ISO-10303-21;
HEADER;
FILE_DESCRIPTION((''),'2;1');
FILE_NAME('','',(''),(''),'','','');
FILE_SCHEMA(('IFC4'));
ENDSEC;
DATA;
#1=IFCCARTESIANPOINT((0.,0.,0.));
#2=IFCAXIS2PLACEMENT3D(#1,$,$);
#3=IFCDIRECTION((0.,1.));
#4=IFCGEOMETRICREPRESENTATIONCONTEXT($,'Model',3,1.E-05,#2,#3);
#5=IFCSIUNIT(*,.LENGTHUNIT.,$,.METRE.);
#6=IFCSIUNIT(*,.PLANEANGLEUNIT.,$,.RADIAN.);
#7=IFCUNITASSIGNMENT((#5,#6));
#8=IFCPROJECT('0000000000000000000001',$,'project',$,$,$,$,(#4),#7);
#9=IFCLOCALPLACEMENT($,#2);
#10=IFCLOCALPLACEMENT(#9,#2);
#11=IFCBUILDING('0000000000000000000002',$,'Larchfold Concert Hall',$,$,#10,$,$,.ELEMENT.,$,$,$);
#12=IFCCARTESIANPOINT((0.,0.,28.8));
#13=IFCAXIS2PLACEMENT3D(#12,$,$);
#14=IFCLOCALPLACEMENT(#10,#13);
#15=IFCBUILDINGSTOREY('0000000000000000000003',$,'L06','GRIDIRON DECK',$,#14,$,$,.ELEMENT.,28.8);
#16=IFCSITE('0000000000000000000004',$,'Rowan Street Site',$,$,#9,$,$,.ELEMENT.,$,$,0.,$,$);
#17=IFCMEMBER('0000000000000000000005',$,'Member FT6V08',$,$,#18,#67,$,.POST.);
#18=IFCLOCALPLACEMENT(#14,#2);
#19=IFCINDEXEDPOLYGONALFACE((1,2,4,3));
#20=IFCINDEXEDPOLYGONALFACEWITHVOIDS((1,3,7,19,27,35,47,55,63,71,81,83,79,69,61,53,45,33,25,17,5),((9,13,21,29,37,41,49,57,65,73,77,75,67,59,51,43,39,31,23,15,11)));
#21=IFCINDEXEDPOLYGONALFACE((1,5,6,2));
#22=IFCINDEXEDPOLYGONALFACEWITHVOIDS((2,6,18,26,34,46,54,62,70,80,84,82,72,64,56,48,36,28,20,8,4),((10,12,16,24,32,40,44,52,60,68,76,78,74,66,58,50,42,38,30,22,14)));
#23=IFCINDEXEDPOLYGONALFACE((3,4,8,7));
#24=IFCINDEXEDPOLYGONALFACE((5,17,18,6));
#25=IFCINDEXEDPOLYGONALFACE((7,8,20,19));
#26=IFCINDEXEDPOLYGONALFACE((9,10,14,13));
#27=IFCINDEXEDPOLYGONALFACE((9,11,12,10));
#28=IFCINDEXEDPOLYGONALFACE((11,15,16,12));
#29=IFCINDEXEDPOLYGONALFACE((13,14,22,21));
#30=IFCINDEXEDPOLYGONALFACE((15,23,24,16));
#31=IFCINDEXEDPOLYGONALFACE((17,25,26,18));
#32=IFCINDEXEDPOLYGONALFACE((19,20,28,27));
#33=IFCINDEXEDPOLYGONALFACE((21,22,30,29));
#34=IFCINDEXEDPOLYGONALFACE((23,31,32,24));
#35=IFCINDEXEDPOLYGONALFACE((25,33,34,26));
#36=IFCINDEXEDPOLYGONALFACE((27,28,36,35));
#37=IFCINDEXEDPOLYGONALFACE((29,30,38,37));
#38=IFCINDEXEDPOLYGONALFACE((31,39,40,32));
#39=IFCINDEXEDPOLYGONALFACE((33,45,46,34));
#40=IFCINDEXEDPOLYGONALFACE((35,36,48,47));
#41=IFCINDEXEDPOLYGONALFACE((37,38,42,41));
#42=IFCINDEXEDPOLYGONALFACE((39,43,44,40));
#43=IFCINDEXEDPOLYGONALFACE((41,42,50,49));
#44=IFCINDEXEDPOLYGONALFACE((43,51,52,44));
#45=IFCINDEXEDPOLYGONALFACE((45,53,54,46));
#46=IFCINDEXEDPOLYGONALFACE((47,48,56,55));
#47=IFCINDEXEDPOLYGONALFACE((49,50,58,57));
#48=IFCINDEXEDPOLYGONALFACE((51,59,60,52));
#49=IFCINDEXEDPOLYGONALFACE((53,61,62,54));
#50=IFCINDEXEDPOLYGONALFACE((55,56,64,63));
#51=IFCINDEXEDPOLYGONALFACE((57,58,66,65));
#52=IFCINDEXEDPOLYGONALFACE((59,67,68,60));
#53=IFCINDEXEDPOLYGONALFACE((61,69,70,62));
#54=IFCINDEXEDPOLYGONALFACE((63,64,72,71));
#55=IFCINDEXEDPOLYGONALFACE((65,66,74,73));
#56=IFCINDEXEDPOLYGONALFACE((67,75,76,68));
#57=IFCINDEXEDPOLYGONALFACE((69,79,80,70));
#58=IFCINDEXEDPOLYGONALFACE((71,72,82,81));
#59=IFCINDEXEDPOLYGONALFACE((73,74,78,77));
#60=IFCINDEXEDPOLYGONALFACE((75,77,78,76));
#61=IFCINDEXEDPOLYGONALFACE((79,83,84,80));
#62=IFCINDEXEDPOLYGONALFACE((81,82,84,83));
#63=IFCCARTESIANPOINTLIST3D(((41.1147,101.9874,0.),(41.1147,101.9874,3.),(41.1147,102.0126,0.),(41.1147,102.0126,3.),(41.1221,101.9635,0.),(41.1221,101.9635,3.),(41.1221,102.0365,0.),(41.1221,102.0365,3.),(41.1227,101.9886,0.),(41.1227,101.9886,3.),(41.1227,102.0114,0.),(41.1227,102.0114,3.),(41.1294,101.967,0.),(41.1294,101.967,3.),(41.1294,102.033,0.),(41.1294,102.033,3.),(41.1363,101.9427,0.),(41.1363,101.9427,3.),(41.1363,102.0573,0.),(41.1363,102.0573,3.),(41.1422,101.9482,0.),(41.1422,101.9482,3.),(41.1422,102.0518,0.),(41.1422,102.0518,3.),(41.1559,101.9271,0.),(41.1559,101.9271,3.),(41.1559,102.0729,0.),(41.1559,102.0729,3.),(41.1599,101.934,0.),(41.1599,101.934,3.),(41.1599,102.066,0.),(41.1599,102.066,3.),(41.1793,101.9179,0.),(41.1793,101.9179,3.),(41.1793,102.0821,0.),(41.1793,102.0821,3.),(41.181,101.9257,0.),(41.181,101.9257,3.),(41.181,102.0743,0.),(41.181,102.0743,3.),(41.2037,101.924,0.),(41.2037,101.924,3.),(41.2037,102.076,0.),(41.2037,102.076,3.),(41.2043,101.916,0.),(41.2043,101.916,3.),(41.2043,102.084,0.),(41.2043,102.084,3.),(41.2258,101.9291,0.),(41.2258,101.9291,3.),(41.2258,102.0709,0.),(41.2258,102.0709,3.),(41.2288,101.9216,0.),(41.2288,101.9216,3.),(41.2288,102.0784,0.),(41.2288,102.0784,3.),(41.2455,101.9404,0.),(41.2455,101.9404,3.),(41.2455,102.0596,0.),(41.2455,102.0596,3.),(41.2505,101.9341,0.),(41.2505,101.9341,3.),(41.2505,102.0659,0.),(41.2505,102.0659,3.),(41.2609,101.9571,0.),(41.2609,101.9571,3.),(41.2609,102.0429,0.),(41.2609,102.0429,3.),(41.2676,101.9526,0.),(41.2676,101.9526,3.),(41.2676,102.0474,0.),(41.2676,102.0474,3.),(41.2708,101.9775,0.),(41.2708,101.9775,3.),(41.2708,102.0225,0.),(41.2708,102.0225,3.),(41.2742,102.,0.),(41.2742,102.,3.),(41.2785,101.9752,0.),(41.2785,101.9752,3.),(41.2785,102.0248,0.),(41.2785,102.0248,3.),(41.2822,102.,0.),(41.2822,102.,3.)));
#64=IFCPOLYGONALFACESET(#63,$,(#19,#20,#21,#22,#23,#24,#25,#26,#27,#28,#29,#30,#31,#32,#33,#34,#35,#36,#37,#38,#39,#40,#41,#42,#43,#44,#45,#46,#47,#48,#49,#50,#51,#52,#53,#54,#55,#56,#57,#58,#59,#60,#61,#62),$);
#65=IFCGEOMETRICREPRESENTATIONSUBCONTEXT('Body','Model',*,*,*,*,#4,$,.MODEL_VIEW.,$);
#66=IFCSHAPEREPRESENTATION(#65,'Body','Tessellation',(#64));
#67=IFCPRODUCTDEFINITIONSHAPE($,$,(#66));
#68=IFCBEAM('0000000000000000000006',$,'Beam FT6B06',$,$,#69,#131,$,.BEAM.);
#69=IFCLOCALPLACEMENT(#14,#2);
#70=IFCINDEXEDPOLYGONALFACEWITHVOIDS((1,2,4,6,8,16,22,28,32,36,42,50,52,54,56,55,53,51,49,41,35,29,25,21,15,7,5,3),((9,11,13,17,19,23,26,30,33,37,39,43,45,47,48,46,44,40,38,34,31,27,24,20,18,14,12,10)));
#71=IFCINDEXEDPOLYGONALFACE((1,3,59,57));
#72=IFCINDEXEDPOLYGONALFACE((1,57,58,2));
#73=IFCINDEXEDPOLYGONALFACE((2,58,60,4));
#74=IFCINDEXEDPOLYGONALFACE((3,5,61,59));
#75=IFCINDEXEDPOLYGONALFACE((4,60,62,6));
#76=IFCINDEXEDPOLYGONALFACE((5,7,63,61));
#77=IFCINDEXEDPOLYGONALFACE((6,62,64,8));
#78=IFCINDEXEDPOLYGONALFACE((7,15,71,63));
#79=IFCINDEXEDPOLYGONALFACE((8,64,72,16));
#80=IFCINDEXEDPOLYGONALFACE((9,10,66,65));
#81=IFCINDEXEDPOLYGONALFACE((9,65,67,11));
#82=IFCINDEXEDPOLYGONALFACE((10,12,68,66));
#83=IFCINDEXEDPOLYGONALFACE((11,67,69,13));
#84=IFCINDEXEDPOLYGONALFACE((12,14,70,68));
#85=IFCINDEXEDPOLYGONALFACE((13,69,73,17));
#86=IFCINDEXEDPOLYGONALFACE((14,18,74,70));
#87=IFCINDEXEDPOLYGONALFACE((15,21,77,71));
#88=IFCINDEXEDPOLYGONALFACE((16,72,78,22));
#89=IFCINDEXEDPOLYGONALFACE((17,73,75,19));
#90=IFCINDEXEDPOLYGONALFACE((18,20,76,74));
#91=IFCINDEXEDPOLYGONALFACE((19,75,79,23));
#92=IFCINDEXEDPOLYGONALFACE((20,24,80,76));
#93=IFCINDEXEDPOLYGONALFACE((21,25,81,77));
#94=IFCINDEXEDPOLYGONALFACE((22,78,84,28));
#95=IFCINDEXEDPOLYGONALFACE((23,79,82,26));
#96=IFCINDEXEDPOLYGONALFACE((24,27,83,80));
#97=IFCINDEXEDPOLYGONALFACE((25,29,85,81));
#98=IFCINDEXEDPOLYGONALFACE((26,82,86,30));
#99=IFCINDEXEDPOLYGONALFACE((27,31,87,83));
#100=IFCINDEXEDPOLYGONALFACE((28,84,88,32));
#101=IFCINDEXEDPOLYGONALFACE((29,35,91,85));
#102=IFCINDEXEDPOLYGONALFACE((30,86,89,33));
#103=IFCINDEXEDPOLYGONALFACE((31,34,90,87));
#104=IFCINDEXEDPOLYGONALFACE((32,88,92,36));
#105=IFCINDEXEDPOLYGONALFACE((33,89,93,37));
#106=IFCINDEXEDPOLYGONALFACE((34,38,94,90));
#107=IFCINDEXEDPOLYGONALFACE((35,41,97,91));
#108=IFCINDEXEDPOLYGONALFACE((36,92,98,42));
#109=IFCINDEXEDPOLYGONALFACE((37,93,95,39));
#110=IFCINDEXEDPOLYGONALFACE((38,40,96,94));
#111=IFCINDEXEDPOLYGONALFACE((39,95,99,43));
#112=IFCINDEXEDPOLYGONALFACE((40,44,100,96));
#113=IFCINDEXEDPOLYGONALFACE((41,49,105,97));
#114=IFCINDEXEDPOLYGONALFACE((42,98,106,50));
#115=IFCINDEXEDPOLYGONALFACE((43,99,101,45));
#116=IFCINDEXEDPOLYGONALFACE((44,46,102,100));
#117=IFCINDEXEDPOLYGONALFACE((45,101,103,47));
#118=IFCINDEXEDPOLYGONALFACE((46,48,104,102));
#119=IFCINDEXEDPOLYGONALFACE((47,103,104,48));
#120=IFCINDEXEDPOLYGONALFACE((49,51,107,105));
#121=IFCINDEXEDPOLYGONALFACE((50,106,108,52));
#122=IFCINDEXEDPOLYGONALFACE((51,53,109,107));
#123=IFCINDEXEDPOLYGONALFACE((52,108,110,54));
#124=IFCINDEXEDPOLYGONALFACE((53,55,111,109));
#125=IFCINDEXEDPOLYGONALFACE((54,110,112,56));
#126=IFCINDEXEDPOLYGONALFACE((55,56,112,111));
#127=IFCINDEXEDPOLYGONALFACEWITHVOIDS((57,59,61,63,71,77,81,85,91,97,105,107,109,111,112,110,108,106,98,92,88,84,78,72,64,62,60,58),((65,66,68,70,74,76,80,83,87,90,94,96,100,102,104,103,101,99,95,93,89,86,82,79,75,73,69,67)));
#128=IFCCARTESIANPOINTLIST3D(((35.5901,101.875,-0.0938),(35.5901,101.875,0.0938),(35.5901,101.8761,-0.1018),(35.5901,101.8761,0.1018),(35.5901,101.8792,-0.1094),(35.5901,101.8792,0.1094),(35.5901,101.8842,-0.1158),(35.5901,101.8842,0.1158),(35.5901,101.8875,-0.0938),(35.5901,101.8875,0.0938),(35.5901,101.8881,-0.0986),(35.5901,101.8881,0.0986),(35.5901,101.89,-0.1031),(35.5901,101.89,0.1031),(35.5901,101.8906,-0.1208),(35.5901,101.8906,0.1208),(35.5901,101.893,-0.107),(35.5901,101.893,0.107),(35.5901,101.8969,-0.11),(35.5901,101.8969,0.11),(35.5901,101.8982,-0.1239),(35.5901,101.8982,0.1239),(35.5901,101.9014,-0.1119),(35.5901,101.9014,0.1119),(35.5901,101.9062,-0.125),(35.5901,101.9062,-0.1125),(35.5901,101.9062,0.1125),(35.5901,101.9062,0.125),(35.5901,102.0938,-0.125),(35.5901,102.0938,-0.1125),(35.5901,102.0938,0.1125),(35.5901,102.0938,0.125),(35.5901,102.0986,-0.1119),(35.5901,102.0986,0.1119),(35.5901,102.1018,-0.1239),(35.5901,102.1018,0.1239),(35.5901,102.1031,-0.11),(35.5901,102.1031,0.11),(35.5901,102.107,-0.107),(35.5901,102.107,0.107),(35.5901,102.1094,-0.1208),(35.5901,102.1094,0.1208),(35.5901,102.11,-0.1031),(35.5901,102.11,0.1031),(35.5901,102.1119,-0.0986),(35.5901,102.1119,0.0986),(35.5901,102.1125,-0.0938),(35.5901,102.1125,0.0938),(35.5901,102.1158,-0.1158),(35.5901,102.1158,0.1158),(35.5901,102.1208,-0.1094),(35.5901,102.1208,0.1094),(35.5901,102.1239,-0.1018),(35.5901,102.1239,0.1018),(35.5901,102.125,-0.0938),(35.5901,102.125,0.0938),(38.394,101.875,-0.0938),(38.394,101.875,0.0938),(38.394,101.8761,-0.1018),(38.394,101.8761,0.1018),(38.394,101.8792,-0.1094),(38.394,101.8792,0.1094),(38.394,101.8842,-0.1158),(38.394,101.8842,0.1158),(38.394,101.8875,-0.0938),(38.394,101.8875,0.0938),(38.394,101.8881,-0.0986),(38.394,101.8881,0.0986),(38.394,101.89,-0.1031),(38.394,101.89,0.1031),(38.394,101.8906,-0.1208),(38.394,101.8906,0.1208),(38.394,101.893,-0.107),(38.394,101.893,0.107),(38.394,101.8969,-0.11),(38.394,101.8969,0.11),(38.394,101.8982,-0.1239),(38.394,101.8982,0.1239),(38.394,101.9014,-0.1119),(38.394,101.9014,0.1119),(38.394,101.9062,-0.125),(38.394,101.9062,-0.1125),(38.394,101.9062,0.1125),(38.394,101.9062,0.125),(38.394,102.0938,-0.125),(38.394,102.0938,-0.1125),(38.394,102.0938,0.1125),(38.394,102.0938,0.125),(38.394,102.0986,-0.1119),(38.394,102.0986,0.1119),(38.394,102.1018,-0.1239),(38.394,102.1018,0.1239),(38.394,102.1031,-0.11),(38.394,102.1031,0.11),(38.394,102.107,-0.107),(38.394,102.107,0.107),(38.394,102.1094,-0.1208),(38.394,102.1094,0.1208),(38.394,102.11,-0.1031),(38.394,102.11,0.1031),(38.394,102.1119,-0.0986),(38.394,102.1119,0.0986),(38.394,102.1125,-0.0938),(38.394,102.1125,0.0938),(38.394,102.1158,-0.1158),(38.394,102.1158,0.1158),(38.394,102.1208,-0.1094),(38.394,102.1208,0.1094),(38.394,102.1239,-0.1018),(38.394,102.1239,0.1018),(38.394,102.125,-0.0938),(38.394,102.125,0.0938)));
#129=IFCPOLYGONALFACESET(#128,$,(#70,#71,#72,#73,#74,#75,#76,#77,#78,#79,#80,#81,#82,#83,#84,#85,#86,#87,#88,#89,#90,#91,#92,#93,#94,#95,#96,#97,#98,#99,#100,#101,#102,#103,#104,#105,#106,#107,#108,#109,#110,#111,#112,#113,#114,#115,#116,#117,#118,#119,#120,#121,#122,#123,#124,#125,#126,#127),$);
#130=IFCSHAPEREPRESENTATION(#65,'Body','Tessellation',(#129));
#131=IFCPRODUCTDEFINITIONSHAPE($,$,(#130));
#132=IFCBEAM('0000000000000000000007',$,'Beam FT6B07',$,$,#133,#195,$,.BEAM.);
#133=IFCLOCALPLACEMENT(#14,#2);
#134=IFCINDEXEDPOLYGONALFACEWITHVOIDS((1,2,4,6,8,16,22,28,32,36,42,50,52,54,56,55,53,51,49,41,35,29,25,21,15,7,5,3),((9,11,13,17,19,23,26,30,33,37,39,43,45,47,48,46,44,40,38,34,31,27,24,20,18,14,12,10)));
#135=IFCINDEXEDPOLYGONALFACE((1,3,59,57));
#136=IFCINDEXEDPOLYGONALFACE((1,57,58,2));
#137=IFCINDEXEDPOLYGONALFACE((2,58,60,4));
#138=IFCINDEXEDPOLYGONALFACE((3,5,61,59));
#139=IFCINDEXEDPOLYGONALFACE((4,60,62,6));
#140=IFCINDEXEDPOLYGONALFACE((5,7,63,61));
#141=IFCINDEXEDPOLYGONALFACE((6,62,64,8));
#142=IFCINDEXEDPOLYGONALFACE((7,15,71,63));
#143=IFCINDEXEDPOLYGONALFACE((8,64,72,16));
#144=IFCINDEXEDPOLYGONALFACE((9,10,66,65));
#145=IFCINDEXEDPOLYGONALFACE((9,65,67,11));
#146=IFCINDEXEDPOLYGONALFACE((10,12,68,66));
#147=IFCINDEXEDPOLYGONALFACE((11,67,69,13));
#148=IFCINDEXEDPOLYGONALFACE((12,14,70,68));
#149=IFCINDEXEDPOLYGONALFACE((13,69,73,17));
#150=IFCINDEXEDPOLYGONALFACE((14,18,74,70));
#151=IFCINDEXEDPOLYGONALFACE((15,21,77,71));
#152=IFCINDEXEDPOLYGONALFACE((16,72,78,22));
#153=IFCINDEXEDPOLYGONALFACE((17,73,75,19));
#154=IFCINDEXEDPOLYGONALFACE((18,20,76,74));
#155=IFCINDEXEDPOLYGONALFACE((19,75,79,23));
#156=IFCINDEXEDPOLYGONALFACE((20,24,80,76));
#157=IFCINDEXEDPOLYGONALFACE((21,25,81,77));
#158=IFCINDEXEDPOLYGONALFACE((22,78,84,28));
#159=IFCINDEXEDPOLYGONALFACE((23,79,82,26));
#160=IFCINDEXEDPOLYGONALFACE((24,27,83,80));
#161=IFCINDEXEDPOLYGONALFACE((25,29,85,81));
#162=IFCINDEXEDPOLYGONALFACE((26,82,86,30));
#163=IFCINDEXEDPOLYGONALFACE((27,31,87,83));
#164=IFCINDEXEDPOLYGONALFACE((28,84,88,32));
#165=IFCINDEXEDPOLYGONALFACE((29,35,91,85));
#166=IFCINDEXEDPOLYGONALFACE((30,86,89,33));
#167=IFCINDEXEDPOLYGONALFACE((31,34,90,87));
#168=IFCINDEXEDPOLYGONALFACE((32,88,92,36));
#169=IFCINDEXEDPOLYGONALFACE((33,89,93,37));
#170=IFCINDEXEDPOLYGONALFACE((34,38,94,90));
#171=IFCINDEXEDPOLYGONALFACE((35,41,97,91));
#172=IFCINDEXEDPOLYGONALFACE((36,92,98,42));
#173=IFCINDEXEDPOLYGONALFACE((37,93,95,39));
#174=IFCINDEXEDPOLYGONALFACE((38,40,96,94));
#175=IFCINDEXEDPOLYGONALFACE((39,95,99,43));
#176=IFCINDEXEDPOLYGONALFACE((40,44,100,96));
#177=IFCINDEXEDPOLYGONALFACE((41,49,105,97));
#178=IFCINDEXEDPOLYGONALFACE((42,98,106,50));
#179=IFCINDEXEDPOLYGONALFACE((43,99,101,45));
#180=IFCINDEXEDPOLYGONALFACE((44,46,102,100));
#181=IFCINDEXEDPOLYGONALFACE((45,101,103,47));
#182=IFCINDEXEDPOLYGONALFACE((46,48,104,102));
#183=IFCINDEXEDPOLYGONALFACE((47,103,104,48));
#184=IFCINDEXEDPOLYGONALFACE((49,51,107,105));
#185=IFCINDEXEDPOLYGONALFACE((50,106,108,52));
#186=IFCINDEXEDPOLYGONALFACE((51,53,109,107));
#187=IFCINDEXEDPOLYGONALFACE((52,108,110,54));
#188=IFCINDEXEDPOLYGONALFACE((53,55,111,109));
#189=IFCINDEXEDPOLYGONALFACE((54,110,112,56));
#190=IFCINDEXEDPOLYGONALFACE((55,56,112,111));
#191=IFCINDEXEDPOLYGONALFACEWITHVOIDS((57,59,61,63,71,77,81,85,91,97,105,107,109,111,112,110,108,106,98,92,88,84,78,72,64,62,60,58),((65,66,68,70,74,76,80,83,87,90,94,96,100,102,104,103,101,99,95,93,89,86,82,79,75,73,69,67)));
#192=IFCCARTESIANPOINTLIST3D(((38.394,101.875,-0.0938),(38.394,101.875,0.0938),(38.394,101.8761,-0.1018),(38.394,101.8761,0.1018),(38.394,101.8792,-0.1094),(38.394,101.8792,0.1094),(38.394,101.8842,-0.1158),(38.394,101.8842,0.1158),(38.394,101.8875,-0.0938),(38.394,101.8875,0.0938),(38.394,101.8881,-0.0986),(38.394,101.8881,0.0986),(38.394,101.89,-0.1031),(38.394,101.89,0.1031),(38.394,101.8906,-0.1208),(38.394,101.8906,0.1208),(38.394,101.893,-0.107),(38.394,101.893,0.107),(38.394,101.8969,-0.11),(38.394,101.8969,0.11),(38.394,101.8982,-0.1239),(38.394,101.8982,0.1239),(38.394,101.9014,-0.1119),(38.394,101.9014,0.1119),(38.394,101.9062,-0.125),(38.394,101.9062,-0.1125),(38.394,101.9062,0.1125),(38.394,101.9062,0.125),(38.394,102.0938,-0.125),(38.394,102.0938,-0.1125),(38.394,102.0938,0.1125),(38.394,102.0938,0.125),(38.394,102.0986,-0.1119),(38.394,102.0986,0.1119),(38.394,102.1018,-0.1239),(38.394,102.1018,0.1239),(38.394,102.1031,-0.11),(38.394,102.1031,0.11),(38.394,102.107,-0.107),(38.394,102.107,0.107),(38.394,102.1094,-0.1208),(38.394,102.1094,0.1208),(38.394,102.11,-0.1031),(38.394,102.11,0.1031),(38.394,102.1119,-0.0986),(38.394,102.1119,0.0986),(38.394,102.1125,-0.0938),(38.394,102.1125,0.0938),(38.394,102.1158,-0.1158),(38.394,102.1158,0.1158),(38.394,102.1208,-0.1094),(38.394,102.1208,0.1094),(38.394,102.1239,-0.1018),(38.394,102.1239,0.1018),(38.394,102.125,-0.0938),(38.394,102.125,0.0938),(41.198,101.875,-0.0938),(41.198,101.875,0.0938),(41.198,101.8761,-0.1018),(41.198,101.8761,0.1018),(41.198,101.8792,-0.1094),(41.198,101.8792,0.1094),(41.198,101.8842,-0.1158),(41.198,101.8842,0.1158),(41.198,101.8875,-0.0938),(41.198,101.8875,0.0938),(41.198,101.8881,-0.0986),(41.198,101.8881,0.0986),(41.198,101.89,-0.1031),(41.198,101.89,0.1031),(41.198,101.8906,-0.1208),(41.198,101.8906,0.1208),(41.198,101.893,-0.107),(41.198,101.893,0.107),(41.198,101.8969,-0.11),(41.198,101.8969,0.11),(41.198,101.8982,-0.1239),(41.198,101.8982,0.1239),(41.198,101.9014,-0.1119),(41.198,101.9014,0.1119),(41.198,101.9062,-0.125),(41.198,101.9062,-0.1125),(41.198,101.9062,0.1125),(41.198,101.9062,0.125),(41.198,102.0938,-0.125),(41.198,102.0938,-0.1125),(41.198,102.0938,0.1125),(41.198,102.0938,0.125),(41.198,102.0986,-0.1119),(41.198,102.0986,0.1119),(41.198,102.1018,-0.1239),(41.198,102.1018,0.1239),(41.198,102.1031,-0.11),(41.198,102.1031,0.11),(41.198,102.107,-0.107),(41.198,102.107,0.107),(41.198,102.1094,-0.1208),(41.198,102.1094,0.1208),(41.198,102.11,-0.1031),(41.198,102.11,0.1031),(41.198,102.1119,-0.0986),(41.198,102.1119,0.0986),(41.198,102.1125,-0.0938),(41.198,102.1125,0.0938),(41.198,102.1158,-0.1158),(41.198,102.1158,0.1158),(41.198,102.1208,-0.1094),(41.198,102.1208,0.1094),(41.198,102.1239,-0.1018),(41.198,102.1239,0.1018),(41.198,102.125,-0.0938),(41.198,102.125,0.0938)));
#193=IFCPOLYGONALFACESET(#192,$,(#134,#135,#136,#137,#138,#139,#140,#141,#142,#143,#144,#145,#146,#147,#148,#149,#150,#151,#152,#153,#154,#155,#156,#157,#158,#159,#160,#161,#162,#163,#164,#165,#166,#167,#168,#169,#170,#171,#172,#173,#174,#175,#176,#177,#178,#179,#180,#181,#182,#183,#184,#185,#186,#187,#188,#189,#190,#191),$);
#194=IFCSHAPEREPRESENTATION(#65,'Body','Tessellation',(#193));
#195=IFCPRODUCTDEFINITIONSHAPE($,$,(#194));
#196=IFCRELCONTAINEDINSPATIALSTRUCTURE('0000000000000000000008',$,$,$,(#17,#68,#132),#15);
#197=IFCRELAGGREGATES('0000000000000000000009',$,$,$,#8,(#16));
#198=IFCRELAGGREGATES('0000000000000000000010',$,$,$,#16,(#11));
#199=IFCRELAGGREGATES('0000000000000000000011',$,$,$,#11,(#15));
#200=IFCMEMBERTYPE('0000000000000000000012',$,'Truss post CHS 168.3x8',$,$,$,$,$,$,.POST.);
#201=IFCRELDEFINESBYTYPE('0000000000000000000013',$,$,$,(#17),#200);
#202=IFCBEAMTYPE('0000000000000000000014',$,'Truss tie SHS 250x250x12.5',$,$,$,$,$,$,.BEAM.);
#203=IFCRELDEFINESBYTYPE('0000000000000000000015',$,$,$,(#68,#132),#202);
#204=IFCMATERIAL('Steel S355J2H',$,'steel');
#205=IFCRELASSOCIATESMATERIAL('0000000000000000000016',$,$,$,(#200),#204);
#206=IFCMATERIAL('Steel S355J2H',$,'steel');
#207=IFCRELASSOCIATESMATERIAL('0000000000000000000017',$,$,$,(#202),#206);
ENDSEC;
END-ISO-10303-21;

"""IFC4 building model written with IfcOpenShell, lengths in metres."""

from ifc_helpers import new_model, si_unit, direction, frame, origin, origin_2d, place, context, subcontext, project, spatial, hollow_rectangle, hollow_circle, extrude, material, material_profile, profile_set, type_object, element, save


model = new_model("IFC4")

# Units and contexts
model_context = context("Model", 3, precision=1e-05, world=origin(), true_north=direction((0.0, 1.0)))
body_context = subcontext(model_context, "Body", "Model", "MODEL_VIEW")
ifc_project = project(units=[si_unit("LENGTHUNIT", "METRE"), si_unit("PLANEANGLEUNIT", "RADIAN")], contexts=[model_context])

# Site, building, storey
site_placement = place(None, origin())
site = spatial("IfcSite", under=ifc_project, at=site_placement, Name="Rowan Street Site", CompositionType="ELEMENT", RefElevation=0.0)
building_placement = place(site_placement, origin())
building = spatial("IfcBuilding", under=site, at=building_placement, Name="Larchfold Concert Hall", CompositionType="ELEMENT")
storey_placement = place(building_placement, frame((0.0, 0.0, 28.8)))
storey = spatial("IfcBuildingStorey", under=building, at=storey_placement, Name="L06", Description="GRIDIRON DECK", CompositionType="ELEMENT", Elevation=28.8)

# Member
ifc_material_1 = material(Name="Steel S355J2H", Category="steel")
ifc_material_profile_1 = material_profile(ifc_material_1, hollow_circle(Radius=0.0842, WallThickness=0.0081, at=origin_2d()))
ifc_profile_set_1 = profile_set([ifc_material_profile_1], Name="Steel S355J2H")
member_type_1 = type_object("IfcMemberType", Name="Truss post CHS 168.3x8", PredefinedType="POST", material=ifc_profile_set_1)
for number, where, z_axis, x_axis, name in (
    (1, (41.198, 102.0, 3.0), (0.0, 0.0, -1.0), (1.0, 0.0, 0.0), "Member FT6V08"),
):
    element("IfcMember", number, at=place(storey_placement, frame(where, z_axis=z_axis, x_axis=x_axis)), inside=storey, type_object=member_type_1, Name=name, PredefinedType="POST", context=body_context, shape_type="SweptSolid", body=[
        extrude(hollow_circle(Radius=0.0842, WallThickness=0.0081, at=origin_2d()), origin(), (0.0, 0.0, 1.0), 3.0),
    ])

# Beams
ifc_material_2 = material(Name="Steel S355J2H", Category="steel")
ifc_material_profile_2 = material_profile(ifc_material_2, hollow_rectangle(XDim=0.25, YDim=0.25, WallThickness=0.0125, InnerFilletRadius=0.0188, OuterFilletRadius=0.0312, at=origin_2d()))
ifc_profile_set_2 = profile_set([ifc_material_profile_2], Name="Steel S355J2H")
beam_type_1 = type_object("IfcBeamType", Name="Truss tie SHS 250x250x12.5", PredefinedType="BEAM", material=ifc_profile_set_2)
for number, where, z_axis, x_axis, name in (
    (2, (35.5901, 102.0, 0.0), (1.0, 0.0, 0.0), (0.0, 1.0, 0.0), "Beam FT6B06"),
    (3, (38.394, 102.0, 0.0), (1.0, 0.0, 0.0), (0.0, 1.0, 0.0), "Beam FT6B07"),
):
    element("IfcBeam", number, at=place(storey_placement, frame(where, z_axis=z_axis, x_axis=x_axis)), inside=storey, type_object=beam_type_1, Name=name, PredefinedType="BEAM", context=body_context, shape_type="SweptSolid", body=[
        extrude(hollow_rectangle(XDim=0.25, YDim=0.25, WallThickness=0.0125, InnerFilletRadius=0.0188, OuterFilletRadius=0.0312, at=origin_2d()), origin(), (0.0, 0.0, 1.0), 2.804),
    ])

save(model, "model.ifc")
